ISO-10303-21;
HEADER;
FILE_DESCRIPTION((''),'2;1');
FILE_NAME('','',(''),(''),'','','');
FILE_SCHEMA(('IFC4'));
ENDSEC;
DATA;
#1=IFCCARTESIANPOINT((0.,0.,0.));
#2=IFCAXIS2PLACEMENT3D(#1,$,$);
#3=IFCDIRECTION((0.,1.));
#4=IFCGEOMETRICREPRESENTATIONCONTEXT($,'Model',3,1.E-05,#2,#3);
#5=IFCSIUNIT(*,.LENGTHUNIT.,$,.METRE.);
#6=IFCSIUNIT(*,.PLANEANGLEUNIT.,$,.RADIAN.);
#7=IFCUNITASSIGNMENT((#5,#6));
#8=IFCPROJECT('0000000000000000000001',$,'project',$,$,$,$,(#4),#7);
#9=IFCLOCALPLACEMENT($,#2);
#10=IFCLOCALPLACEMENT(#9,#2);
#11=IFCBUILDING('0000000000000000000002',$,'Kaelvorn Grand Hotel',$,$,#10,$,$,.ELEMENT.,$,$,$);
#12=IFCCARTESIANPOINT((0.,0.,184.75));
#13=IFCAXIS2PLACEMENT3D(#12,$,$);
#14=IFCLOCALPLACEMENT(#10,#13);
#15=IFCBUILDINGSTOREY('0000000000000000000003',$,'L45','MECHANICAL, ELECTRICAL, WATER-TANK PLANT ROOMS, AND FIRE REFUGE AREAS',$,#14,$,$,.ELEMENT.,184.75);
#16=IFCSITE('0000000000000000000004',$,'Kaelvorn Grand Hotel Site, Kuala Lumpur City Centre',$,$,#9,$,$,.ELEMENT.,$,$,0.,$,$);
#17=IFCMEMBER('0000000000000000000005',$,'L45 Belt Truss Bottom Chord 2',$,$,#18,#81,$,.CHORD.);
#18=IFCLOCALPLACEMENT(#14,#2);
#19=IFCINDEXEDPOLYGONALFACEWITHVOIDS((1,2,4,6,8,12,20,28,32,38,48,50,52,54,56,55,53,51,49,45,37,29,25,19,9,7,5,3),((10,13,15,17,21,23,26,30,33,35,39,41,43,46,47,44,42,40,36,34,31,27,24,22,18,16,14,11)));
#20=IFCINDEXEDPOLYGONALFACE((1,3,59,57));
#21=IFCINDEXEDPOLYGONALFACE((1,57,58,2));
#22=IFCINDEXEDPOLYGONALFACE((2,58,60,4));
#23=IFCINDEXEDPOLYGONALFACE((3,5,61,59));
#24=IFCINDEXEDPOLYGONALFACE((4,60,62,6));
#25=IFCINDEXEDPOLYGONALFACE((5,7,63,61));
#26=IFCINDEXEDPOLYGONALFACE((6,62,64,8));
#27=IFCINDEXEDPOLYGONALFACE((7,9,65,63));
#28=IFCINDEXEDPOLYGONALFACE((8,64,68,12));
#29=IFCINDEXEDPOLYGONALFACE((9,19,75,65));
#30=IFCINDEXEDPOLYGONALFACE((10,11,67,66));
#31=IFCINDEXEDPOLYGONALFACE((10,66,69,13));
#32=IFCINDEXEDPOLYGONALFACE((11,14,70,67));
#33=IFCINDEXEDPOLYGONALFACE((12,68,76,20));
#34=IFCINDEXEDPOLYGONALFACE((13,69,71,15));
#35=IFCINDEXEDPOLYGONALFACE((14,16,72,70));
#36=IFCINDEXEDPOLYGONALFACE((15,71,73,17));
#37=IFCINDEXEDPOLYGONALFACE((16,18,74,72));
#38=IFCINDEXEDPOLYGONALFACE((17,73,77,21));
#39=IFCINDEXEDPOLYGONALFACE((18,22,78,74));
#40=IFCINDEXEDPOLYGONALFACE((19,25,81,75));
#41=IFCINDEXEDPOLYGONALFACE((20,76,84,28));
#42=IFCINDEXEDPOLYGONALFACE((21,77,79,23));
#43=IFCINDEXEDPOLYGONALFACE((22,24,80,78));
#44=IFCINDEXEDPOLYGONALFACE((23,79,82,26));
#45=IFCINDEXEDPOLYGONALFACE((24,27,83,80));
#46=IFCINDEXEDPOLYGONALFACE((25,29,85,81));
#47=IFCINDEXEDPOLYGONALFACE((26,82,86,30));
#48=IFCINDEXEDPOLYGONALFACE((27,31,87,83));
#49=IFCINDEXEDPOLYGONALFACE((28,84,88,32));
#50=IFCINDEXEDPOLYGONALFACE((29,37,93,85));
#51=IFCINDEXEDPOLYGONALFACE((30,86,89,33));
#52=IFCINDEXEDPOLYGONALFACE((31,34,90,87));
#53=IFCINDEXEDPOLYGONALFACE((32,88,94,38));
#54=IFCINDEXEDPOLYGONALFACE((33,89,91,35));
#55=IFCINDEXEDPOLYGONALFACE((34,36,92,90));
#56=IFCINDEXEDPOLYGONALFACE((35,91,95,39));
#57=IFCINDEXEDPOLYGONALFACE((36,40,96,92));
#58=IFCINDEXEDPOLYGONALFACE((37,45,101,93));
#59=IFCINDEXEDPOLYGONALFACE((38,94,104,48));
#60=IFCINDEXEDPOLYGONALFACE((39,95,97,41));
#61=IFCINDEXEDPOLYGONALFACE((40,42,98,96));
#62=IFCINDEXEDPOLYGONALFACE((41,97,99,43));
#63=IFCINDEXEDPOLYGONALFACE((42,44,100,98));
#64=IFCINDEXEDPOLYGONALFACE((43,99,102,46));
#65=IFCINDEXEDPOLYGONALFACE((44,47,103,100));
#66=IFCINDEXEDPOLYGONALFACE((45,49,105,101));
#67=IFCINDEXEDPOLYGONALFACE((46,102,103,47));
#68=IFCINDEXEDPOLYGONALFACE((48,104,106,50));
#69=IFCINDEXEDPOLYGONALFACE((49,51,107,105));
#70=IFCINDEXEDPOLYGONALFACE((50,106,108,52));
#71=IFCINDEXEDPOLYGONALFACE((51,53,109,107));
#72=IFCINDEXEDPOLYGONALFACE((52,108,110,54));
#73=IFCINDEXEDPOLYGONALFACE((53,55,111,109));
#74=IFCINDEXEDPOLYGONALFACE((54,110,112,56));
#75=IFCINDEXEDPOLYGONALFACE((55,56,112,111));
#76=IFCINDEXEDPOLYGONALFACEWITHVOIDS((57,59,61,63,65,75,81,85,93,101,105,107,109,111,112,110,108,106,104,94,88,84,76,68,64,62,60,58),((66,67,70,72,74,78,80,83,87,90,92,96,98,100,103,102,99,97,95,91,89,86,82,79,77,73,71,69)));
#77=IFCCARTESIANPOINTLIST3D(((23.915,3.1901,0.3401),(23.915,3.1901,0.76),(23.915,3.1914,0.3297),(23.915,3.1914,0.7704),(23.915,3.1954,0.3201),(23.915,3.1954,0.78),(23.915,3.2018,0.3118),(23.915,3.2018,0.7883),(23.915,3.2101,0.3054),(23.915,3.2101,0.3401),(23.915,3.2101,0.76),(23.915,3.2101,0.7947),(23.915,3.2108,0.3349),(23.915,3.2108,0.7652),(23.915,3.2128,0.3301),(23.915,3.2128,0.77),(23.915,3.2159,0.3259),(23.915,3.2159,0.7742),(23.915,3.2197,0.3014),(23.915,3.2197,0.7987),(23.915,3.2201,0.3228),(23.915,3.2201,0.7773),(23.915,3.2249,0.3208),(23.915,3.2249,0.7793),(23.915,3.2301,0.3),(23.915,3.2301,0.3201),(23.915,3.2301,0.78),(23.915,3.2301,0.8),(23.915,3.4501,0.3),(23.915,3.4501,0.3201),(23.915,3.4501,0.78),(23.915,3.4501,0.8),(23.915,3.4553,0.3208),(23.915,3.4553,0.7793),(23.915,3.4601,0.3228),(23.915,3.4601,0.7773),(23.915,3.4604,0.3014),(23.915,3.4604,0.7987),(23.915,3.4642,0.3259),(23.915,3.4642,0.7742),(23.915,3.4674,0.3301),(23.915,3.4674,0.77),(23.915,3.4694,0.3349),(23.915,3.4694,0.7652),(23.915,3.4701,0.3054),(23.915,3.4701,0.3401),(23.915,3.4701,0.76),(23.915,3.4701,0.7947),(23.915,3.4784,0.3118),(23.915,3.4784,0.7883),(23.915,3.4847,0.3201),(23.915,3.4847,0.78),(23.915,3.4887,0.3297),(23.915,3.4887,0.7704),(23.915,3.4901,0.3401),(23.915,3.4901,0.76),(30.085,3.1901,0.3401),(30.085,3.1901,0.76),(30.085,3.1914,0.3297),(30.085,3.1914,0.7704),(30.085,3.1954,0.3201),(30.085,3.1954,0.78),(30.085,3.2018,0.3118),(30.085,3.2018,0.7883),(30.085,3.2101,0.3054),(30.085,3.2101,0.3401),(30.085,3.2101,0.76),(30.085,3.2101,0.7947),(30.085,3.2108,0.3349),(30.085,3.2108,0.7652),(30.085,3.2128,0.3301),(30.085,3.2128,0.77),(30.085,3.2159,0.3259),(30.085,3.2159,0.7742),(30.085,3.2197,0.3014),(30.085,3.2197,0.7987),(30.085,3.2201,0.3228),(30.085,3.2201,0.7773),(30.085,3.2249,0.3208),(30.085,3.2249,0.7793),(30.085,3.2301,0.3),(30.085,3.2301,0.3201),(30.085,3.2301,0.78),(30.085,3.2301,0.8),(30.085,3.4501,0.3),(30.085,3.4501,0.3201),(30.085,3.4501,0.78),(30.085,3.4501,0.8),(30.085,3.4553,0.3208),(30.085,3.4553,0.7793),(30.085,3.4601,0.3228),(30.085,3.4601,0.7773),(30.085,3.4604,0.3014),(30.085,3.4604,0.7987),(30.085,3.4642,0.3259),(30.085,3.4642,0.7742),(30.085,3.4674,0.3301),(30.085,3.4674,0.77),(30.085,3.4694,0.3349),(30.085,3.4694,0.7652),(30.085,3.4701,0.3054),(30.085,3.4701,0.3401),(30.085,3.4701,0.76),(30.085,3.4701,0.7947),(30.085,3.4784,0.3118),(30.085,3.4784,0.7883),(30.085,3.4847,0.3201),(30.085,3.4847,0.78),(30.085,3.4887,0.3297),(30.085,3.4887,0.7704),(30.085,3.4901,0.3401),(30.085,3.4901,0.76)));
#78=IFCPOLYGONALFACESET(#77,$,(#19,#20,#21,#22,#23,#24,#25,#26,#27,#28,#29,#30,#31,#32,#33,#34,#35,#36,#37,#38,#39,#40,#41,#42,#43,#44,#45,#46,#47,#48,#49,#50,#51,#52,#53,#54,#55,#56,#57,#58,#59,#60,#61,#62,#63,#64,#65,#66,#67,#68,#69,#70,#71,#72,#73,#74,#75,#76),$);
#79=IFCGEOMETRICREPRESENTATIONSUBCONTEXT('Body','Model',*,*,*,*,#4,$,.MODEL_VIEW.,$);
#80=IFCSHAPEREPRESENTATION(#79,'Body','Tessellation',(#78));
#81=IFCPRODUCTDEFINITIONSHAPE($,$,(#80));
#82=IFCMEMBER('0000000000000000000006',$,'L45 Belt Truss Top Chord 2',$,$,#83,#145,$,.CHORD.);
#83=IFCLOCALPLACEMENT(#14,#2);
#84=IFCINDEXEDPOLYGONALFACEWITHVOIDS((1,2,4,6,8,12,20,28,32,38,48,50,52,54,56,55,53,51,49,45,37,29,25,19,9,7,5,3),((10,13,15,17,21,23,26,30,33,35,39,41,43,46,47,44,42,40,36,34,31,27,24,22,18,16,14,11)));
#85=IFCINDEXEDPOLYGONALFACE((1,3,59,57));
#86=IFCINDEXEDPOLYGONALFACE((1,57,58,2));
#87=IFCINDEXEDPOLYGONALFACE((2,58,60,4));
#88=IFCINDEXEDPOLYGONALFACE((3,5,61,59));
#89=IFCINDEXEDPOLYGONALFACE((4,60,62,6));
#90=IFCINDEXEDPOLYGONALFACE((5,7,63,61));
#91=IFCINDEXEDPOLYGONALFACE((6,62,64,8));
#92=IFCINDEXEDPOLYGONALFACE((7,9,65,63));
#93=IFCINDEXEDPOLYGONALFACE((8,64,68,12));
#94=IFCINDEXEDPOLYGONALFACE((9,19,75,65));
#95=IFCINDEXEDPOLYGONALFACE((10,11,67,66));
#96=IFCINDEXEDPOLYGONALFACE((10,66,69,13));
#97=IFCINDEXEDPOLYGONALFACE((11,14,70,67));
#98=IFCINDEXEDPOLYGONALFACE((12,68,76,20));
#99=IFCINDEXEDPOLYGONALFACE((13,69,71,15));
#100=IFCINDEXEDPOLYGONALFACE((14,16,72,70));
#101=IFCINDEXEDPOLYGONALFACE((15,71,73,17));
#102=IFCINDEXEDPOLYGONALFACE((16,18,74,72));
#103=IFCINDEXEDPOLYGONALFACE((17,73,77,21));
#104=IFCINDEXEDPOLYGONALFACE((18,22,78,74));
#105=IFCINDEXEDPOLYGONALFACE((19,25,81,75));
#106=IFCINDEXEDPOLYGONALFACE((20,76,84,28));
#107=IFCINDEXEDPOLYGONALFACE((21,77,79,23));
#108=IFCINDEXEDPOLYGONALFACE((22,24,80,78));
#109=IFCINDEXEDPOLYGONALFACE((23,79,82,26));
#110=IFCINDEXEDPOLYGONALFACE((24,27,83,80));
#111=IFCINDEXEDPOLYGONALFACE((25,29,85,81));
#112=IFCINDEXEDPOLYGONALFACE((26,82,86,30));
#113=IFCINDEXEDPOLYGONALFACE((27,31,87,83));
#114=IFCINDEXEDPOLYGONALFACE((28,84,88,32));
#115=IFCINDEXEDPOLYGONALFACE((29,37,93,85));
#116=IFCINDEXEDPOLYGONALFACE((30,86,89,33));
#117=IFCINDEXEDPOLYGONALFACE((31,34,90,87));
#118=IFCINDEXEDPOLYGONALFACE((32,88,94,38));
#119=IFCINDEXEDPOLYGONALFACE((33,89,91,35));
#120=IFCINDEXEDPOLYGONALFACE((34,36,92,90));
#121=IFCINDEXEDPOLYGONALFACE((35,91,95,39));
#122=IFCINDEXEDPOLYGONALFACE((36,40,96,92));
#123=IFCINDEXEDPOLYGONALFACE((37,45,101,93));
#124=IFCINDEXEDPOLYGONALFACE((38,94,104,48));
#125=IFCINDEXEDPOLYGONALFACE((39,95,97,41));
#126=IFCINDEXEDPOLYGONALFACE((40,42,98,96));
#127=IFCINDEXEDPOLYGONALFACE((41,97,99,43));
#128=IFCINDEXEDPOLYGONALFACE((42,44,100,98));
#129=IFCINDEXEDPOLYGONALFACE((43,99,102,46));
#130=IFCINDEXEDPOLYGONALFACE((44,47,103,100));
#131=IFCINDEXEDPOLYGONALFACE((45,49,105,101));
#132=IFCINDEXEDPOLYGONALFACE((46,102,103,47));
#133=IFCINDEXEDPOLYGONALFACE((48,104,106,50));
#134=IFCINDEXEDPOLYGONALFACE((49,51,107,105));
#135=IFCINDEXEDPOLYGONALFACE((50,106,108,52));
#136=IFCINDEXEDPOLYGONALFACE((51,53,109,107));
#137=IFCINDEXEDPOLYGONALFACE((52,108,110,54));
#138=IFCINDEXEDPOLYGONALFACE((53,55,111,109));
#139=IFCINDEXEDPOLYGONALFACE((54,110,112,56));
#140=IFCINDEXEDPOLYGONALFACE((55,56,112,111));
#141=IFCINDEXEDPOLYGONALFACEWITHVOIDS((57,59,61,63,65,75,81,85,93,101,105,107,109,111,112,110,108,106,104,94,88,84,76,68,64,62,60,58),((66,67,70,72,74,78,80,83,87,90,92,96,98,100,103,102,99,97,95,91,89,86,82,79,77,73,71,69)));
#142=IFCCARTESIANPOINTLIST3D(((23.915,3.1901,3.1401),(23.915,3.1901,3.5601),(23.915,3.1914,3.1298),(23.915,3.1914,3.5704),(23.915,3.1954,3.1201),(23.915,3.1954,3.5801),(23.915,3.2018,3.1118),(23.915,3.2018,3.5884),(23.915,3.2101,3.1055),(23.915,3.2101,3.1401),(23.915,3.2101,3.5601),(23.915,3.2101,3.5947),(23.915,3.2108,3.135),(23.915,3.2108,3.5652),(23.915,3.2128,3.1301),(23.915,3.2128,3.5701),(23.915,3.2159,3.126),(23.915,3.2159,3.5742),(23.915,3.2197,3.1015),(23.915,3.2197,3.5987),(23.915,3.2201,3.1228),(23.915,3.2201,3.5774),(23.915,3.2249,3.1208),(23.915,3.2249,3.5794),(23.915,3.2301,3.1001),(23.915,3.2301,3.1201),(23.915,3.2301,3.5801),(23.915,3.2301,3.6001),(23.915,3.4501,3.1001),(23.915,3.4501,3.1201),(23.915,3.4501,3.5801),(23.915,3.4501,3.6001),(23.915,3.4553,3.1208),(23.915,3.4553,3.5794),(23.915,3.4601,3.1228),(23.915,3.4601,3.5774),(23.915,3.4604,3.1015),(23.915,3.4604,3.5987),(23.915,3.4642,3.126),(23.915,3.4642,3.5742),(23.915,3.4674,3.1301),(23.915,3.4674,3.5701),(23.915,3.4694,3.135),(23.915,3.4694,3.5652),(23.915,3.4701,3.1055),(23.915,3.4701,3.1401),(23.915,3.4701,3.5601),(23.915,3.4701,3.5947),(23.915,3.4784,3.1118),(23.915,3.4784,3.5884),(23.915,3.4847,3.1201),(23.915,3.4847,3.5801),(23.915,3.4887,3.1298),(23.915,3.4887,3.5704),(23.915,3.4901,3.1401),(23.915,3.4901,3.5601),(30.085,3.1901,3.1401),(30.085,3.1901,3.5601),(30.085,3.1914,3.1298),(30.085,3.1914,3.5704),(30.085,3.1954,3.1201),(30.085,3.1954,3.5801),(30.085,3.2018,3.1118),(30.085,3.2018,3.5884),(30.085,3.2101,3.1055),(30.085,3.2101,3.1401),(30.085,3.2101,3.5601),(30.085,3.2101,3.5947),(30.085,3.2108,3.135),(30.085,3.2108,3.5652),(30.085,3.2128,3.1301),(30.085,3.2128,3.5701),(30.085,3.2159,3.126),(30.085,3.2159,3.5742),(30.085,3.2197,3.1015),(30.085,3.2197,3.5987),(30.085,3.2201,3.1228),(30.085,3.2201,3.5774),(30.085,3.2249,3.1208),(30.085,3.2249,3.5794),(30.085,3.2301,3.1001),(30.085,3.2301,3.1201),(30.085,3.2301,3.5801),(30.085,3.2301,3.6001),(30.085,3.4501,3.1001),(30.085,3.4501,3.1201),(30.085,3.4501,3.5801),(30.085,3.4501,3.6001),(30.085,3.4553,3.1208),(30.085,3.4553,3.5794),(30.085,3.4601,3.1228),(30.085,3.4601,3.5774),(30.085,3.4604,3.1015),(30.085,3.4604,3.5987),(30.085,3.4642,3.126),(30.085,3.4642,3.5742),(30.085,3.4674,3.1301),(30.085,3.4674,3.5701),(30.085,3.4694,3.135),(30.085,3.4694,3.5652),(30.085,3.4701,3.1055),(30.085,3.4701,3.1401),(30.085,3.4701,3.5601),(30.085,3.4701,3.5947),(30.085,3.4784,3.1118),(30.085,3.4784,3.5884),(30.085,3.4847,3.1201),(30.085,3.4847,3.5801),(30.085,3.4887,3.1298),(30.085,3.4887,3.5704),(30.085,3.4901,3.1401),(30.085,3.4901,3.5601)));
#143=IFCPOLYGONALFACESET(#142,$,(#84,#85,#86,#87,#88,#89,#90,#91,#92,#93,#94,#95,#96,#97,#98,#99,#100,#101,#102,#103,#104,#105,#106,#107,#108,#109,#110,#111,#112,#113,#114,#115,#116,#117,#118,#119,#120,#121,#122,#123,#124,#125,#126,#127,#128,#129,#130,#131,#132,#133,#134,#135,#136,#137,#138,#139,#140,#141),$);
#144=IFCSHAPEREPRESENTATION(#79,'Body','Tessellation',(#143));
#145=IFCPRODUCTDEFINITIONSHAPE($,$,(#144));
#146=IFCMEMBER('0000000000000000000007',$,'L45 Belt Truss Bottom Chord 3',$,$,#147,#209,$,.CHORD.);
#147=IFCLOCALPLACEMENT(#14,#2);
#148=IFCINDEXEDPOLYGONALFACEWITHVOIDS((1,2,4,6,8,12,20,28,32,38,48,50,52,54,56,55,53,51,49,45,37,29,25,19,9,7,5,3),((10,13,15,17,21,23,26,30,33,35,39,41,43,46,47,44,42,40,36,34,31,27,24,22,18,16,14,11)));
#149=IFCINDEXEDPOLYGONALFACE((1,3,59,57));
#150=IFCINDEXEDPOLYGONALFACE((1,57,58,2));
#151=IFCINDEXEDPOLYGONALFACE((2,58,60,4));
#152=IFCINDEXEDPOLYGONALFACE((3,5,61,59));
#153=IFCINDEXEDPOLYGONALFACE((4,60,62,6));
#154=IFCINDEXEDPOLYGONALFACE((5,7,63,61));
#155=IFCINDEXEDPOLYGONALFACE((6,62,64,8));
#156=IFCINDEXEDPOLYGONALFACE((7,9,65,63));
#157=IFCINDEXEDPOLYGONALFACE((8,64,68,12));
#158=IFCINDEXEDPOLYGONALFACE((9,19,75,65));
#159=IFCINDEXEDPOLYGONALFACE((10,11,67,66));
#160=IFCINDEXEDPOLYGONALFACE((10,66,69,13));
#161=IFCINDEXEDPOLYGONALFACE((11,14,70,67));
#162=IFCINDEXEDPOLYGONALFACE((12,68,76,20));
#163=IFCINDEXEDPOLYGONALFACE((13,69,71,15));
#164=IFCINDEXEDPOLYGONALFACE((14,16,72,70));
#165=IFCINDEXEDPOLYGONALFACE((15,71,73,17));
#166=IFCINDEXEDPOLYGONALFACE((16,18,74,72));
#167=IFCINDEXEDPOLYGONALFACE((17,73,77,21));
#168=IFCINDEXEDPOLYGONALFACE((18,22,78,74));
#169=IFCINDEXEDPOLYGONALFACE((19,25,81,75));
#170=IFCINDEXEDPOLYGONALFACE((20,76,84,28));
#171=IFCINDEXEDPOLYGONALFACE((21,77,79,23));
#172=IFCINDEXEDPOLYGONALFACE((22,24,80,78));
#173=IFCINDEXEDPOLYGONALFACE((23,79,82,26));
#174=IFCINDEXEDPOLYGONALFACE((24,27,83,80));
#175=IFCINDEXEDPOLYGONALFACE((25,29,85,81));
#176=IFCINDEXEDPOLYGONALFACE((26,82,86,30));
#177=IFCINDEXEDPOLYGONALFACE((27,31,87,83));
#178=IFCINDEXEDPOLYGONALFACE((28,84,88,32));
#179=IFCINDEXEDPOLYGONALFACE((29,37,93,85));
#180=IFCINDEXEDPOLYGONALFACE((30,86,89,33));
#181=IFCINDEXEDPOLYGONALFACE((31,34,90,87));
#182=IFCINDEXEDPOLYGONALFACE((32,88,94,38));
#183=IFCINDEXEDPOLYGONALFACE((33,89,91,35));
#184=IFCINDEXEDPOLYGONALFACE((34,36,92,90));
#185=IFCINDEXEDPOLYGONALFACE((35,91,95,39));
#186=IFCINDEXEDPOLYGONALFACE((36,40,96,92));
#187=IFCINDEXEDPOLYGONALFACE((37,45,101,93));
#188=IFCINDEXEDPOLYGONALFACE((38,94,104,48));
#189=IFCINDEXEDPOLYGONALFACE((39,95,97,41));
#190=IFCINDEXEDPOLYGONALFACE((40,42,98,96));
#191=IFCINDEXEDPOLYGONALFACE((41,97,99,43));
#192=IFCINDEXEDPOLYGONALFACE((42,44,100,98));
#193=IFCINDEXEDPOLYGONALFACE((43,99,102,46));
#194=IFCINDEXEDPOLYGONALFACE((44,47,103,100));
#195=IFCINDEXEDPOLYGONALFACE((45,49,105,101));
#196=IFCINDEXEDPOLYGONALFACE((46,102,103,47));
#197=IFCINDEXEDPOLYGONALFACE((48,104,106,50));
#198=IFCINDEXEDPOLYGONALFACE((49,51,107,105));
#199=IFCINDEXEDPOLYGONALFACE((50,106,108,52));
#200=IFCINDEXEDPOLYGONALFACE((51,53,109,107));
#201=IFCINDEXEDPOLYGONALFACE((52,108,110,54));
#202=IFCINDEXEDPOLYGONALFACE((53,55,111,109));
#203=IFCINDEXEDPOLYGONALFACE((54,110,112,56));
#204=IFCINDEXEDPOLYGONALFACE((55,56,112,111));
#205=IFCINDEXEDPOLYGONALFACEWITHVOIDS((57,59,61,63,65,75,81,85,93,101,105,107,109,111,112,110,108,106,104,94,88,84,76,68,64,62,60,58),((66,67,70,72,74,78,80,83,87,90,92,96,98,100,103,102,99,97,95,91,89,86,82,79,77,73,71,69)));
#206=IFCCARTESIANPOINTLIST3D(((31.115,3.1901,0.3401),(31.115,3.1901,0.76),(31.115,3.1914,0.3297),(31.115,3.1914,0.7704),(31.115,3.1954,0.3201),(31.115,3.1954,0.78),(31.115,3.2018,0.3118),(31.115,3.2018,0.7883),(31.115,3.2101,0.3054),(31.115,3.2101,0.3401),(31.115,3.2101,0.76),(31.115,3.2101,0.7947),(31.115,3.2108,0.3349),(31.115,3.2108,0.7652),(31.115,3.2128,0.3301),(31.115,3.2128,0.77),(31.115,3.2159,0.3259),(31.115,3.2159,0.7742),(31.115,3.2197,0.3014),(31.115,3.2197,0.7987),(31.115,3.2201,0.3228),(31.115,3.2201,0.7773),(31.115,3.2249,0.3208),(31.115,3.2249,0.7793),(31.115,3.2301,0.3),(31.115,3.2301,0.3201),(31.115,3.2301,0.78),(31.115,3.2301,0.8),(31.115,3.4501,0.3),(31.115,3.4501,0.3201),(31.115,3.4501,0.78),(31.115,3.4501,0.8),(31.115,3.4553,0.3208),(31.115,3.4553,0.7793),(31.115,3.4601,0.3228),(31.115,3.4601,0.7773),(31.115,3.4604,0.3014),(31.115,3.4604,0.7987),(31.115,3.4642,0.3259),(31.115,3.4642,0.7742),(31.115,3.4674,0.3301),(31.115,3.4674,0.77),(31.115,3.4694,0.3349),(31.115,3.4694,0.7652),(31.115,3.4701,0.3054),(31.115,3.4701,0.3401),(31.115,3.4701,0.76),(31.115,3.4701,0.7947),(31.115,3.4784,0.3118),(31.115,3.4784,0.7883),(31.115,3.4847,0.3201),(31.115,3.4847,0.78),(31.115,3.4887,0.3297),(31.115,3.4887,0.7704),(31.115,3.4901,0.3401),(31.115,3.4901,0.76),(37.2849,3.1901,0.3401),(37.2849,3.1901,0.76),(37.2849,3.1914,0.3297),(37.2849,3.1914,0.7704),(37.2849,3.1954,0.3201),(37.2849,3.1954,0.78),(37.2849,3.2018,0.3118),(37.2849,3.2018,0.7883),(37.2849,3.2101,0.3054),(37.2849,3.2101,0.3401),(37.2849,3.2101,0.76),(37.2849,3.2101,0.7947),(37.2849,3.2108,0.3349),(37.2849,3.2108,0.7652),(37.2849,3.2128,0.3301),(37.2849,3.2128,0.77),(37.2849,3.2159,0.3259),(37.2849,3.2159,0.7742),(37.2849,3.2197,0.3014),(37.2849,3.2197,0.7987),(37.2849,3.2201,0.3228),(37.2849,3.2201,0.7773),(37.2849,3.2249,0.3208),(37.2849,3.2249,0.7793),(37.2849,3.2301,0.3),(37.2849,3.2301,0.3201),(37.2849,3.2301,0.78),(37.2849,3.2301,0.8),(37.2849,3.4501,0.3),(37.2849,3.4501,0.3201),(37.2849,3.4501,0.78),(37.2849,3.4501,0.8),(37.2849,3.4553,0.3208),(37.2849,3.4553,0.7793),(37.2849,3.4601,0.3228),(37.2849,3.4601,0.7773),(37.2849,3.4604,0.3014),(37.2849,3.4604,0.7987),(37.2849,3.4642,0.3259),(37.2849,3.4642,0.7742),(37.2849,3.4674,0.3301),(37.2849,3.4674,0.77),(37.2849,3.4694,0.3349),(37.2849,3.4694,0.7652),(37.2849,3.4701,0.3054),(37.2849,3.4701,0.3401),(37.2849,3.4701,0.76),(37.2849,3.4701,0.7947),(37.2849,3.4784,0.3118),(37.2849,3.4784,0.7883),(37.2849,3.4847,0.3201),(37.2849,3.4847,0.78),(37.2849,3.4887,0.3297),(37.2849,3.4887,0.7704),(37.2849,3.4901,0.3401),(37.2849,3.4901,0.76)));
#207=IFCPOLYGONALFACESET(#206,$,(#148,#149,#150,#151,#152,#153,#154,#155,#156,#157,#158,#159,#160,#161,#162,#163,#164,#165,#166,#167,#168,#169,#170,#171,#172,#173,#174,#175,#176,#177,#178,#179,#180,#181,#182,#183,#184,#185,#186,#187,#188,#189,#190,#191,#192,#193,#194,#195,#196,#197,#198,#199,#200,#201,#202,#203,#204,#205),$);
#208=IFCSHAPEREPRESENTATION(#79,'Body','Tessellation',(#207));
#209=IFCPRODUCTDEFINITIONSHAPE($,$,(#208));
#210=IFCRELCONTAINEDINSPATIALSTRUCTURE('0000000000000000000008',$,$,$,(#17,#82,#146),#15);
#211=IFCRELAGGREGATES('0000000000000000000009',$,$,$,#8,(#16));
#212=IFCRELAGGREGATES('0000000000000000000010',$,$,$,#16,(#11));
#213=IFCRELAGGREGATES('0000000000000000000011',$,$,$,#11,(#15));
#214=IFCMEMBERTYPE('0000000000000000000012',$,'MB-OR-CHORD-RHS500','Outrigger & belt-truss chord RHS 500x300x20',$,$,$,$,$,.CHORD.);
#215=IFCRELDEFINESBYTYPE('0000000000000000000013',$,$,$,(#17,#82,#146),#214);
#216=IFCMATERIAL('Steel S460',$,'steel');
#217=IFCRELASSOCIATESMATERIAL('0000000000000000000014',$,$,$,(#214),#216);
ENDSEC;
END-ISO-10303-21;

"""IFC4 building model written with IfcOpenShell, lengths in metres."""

from ifc_helpers import new_model, si_unit, direction, frame, origin, origin_2d, place, context, subcontext, project, spatial, hollow_rectangle, extrude, material, material_profile, profile_set, type_object, element, save


model = new_model("IFC4")

# Units and contexts
model_context = context("Model", 3, precision=1e-05, world=origin(), true_north=direction((0.0, 1.0)))
body_context = subcontext(model_context, "Body", "Model", "MODEL_VIEW")
ifc_project = project(units=[si_unit("LENGTHUNIT", "METRE"), si_unit("PLANEANGLEUNIT", "RADIAN")], contexts=[model_context])

# Site, building, storey
site_placement = place(None, origin())
site = spatial("IfcSite", under=ifc_project, at=site_placement, Name="Kaelvorn Grand Hotel Site, Kuala Lumpur City Centre", CompositionType="ELEMENT", RefElevation=0.0)
building_placement = place(site_placement, origin())
building = spatial("IfcBuilding", under=site, at=building_placement, Name="Kaelvorn Grand Hotel", CompositionType="ELEMENT")
storey_placement = place(building_placement, frame((0.0, 0.0, 184.75)))
storey = spatial("IfcBuildingStorey", under=building, at=storey_placement, Name="L45", Description="MECHANICAL, ELECTRICAL, WATER-TANK PLANT ROOMS, AND FIRE REFUGE AREAS", CompositionType="ELEMENT", Elevation=184.75)

# Members
ifc_material_1 = material(Name="Steel S460", Category="steel")
ifc_material_profile_1 = material_profile(ifc_material_1, hollow_rectangle(XDim=0.3, YDim=0.5, WallThickness=0.02, InnerFilletRadius=0.02, OuterFilletRadius=0.04, at=origin_2d()), Name="RHS 500x300x20.0")
ifc_profile_set_1 = profile_set([ifc_material_profile_1], Name="Steel S460")
member_type_1 = type_object("IfcMemberType", Name="MB-OR-CHORD-RHS500", Description="Outrigger & belt-truss chord RHS 500x300x20", PredefinedType="CHORD", material=ifc_profile_set_1)
for number, where, z_axis, x_axis, name in (
    (1, (23.915, 3.3401, 0.55), (1.0, 0.0, 0.0), (0.0, 1.0, 0.0), "L45 Belt Truss Bottom Chord 2"),
    (2, (23.915, 3.3401, 3.3501), (1.0, 0.0, 0.0), (0.0, 1.0, 0.0), "L45 Belt Truss Top Chord 2"),
    (3, (31.115, 3.3401, 0.55), (1.0, 0.0, 0.0), (0.0, 1.0, 0.0), "L45 Belt Truss Bottom Chord 3"),
):
    element("IfcMember", number, at=place(storey_placement, frame(where, z_axis=z_axis, x_axis=x_axis)), inside=storey, type_object=member_type_1, Name=name, PredefinedType="CHORD", context=body_context, shape_type="SweptSolid", body=[
        extrude(hollow_rectangle(XDim=0.3, YDim=0.5, WallThickness=0.02, InnerFilletRadius=0.02, OuterFilletRadius=0.04, at=origin_2d()), origin(), (0.0, 0.0, 1.0), 6.1699),
    ])

save(model, "model.ifc")
